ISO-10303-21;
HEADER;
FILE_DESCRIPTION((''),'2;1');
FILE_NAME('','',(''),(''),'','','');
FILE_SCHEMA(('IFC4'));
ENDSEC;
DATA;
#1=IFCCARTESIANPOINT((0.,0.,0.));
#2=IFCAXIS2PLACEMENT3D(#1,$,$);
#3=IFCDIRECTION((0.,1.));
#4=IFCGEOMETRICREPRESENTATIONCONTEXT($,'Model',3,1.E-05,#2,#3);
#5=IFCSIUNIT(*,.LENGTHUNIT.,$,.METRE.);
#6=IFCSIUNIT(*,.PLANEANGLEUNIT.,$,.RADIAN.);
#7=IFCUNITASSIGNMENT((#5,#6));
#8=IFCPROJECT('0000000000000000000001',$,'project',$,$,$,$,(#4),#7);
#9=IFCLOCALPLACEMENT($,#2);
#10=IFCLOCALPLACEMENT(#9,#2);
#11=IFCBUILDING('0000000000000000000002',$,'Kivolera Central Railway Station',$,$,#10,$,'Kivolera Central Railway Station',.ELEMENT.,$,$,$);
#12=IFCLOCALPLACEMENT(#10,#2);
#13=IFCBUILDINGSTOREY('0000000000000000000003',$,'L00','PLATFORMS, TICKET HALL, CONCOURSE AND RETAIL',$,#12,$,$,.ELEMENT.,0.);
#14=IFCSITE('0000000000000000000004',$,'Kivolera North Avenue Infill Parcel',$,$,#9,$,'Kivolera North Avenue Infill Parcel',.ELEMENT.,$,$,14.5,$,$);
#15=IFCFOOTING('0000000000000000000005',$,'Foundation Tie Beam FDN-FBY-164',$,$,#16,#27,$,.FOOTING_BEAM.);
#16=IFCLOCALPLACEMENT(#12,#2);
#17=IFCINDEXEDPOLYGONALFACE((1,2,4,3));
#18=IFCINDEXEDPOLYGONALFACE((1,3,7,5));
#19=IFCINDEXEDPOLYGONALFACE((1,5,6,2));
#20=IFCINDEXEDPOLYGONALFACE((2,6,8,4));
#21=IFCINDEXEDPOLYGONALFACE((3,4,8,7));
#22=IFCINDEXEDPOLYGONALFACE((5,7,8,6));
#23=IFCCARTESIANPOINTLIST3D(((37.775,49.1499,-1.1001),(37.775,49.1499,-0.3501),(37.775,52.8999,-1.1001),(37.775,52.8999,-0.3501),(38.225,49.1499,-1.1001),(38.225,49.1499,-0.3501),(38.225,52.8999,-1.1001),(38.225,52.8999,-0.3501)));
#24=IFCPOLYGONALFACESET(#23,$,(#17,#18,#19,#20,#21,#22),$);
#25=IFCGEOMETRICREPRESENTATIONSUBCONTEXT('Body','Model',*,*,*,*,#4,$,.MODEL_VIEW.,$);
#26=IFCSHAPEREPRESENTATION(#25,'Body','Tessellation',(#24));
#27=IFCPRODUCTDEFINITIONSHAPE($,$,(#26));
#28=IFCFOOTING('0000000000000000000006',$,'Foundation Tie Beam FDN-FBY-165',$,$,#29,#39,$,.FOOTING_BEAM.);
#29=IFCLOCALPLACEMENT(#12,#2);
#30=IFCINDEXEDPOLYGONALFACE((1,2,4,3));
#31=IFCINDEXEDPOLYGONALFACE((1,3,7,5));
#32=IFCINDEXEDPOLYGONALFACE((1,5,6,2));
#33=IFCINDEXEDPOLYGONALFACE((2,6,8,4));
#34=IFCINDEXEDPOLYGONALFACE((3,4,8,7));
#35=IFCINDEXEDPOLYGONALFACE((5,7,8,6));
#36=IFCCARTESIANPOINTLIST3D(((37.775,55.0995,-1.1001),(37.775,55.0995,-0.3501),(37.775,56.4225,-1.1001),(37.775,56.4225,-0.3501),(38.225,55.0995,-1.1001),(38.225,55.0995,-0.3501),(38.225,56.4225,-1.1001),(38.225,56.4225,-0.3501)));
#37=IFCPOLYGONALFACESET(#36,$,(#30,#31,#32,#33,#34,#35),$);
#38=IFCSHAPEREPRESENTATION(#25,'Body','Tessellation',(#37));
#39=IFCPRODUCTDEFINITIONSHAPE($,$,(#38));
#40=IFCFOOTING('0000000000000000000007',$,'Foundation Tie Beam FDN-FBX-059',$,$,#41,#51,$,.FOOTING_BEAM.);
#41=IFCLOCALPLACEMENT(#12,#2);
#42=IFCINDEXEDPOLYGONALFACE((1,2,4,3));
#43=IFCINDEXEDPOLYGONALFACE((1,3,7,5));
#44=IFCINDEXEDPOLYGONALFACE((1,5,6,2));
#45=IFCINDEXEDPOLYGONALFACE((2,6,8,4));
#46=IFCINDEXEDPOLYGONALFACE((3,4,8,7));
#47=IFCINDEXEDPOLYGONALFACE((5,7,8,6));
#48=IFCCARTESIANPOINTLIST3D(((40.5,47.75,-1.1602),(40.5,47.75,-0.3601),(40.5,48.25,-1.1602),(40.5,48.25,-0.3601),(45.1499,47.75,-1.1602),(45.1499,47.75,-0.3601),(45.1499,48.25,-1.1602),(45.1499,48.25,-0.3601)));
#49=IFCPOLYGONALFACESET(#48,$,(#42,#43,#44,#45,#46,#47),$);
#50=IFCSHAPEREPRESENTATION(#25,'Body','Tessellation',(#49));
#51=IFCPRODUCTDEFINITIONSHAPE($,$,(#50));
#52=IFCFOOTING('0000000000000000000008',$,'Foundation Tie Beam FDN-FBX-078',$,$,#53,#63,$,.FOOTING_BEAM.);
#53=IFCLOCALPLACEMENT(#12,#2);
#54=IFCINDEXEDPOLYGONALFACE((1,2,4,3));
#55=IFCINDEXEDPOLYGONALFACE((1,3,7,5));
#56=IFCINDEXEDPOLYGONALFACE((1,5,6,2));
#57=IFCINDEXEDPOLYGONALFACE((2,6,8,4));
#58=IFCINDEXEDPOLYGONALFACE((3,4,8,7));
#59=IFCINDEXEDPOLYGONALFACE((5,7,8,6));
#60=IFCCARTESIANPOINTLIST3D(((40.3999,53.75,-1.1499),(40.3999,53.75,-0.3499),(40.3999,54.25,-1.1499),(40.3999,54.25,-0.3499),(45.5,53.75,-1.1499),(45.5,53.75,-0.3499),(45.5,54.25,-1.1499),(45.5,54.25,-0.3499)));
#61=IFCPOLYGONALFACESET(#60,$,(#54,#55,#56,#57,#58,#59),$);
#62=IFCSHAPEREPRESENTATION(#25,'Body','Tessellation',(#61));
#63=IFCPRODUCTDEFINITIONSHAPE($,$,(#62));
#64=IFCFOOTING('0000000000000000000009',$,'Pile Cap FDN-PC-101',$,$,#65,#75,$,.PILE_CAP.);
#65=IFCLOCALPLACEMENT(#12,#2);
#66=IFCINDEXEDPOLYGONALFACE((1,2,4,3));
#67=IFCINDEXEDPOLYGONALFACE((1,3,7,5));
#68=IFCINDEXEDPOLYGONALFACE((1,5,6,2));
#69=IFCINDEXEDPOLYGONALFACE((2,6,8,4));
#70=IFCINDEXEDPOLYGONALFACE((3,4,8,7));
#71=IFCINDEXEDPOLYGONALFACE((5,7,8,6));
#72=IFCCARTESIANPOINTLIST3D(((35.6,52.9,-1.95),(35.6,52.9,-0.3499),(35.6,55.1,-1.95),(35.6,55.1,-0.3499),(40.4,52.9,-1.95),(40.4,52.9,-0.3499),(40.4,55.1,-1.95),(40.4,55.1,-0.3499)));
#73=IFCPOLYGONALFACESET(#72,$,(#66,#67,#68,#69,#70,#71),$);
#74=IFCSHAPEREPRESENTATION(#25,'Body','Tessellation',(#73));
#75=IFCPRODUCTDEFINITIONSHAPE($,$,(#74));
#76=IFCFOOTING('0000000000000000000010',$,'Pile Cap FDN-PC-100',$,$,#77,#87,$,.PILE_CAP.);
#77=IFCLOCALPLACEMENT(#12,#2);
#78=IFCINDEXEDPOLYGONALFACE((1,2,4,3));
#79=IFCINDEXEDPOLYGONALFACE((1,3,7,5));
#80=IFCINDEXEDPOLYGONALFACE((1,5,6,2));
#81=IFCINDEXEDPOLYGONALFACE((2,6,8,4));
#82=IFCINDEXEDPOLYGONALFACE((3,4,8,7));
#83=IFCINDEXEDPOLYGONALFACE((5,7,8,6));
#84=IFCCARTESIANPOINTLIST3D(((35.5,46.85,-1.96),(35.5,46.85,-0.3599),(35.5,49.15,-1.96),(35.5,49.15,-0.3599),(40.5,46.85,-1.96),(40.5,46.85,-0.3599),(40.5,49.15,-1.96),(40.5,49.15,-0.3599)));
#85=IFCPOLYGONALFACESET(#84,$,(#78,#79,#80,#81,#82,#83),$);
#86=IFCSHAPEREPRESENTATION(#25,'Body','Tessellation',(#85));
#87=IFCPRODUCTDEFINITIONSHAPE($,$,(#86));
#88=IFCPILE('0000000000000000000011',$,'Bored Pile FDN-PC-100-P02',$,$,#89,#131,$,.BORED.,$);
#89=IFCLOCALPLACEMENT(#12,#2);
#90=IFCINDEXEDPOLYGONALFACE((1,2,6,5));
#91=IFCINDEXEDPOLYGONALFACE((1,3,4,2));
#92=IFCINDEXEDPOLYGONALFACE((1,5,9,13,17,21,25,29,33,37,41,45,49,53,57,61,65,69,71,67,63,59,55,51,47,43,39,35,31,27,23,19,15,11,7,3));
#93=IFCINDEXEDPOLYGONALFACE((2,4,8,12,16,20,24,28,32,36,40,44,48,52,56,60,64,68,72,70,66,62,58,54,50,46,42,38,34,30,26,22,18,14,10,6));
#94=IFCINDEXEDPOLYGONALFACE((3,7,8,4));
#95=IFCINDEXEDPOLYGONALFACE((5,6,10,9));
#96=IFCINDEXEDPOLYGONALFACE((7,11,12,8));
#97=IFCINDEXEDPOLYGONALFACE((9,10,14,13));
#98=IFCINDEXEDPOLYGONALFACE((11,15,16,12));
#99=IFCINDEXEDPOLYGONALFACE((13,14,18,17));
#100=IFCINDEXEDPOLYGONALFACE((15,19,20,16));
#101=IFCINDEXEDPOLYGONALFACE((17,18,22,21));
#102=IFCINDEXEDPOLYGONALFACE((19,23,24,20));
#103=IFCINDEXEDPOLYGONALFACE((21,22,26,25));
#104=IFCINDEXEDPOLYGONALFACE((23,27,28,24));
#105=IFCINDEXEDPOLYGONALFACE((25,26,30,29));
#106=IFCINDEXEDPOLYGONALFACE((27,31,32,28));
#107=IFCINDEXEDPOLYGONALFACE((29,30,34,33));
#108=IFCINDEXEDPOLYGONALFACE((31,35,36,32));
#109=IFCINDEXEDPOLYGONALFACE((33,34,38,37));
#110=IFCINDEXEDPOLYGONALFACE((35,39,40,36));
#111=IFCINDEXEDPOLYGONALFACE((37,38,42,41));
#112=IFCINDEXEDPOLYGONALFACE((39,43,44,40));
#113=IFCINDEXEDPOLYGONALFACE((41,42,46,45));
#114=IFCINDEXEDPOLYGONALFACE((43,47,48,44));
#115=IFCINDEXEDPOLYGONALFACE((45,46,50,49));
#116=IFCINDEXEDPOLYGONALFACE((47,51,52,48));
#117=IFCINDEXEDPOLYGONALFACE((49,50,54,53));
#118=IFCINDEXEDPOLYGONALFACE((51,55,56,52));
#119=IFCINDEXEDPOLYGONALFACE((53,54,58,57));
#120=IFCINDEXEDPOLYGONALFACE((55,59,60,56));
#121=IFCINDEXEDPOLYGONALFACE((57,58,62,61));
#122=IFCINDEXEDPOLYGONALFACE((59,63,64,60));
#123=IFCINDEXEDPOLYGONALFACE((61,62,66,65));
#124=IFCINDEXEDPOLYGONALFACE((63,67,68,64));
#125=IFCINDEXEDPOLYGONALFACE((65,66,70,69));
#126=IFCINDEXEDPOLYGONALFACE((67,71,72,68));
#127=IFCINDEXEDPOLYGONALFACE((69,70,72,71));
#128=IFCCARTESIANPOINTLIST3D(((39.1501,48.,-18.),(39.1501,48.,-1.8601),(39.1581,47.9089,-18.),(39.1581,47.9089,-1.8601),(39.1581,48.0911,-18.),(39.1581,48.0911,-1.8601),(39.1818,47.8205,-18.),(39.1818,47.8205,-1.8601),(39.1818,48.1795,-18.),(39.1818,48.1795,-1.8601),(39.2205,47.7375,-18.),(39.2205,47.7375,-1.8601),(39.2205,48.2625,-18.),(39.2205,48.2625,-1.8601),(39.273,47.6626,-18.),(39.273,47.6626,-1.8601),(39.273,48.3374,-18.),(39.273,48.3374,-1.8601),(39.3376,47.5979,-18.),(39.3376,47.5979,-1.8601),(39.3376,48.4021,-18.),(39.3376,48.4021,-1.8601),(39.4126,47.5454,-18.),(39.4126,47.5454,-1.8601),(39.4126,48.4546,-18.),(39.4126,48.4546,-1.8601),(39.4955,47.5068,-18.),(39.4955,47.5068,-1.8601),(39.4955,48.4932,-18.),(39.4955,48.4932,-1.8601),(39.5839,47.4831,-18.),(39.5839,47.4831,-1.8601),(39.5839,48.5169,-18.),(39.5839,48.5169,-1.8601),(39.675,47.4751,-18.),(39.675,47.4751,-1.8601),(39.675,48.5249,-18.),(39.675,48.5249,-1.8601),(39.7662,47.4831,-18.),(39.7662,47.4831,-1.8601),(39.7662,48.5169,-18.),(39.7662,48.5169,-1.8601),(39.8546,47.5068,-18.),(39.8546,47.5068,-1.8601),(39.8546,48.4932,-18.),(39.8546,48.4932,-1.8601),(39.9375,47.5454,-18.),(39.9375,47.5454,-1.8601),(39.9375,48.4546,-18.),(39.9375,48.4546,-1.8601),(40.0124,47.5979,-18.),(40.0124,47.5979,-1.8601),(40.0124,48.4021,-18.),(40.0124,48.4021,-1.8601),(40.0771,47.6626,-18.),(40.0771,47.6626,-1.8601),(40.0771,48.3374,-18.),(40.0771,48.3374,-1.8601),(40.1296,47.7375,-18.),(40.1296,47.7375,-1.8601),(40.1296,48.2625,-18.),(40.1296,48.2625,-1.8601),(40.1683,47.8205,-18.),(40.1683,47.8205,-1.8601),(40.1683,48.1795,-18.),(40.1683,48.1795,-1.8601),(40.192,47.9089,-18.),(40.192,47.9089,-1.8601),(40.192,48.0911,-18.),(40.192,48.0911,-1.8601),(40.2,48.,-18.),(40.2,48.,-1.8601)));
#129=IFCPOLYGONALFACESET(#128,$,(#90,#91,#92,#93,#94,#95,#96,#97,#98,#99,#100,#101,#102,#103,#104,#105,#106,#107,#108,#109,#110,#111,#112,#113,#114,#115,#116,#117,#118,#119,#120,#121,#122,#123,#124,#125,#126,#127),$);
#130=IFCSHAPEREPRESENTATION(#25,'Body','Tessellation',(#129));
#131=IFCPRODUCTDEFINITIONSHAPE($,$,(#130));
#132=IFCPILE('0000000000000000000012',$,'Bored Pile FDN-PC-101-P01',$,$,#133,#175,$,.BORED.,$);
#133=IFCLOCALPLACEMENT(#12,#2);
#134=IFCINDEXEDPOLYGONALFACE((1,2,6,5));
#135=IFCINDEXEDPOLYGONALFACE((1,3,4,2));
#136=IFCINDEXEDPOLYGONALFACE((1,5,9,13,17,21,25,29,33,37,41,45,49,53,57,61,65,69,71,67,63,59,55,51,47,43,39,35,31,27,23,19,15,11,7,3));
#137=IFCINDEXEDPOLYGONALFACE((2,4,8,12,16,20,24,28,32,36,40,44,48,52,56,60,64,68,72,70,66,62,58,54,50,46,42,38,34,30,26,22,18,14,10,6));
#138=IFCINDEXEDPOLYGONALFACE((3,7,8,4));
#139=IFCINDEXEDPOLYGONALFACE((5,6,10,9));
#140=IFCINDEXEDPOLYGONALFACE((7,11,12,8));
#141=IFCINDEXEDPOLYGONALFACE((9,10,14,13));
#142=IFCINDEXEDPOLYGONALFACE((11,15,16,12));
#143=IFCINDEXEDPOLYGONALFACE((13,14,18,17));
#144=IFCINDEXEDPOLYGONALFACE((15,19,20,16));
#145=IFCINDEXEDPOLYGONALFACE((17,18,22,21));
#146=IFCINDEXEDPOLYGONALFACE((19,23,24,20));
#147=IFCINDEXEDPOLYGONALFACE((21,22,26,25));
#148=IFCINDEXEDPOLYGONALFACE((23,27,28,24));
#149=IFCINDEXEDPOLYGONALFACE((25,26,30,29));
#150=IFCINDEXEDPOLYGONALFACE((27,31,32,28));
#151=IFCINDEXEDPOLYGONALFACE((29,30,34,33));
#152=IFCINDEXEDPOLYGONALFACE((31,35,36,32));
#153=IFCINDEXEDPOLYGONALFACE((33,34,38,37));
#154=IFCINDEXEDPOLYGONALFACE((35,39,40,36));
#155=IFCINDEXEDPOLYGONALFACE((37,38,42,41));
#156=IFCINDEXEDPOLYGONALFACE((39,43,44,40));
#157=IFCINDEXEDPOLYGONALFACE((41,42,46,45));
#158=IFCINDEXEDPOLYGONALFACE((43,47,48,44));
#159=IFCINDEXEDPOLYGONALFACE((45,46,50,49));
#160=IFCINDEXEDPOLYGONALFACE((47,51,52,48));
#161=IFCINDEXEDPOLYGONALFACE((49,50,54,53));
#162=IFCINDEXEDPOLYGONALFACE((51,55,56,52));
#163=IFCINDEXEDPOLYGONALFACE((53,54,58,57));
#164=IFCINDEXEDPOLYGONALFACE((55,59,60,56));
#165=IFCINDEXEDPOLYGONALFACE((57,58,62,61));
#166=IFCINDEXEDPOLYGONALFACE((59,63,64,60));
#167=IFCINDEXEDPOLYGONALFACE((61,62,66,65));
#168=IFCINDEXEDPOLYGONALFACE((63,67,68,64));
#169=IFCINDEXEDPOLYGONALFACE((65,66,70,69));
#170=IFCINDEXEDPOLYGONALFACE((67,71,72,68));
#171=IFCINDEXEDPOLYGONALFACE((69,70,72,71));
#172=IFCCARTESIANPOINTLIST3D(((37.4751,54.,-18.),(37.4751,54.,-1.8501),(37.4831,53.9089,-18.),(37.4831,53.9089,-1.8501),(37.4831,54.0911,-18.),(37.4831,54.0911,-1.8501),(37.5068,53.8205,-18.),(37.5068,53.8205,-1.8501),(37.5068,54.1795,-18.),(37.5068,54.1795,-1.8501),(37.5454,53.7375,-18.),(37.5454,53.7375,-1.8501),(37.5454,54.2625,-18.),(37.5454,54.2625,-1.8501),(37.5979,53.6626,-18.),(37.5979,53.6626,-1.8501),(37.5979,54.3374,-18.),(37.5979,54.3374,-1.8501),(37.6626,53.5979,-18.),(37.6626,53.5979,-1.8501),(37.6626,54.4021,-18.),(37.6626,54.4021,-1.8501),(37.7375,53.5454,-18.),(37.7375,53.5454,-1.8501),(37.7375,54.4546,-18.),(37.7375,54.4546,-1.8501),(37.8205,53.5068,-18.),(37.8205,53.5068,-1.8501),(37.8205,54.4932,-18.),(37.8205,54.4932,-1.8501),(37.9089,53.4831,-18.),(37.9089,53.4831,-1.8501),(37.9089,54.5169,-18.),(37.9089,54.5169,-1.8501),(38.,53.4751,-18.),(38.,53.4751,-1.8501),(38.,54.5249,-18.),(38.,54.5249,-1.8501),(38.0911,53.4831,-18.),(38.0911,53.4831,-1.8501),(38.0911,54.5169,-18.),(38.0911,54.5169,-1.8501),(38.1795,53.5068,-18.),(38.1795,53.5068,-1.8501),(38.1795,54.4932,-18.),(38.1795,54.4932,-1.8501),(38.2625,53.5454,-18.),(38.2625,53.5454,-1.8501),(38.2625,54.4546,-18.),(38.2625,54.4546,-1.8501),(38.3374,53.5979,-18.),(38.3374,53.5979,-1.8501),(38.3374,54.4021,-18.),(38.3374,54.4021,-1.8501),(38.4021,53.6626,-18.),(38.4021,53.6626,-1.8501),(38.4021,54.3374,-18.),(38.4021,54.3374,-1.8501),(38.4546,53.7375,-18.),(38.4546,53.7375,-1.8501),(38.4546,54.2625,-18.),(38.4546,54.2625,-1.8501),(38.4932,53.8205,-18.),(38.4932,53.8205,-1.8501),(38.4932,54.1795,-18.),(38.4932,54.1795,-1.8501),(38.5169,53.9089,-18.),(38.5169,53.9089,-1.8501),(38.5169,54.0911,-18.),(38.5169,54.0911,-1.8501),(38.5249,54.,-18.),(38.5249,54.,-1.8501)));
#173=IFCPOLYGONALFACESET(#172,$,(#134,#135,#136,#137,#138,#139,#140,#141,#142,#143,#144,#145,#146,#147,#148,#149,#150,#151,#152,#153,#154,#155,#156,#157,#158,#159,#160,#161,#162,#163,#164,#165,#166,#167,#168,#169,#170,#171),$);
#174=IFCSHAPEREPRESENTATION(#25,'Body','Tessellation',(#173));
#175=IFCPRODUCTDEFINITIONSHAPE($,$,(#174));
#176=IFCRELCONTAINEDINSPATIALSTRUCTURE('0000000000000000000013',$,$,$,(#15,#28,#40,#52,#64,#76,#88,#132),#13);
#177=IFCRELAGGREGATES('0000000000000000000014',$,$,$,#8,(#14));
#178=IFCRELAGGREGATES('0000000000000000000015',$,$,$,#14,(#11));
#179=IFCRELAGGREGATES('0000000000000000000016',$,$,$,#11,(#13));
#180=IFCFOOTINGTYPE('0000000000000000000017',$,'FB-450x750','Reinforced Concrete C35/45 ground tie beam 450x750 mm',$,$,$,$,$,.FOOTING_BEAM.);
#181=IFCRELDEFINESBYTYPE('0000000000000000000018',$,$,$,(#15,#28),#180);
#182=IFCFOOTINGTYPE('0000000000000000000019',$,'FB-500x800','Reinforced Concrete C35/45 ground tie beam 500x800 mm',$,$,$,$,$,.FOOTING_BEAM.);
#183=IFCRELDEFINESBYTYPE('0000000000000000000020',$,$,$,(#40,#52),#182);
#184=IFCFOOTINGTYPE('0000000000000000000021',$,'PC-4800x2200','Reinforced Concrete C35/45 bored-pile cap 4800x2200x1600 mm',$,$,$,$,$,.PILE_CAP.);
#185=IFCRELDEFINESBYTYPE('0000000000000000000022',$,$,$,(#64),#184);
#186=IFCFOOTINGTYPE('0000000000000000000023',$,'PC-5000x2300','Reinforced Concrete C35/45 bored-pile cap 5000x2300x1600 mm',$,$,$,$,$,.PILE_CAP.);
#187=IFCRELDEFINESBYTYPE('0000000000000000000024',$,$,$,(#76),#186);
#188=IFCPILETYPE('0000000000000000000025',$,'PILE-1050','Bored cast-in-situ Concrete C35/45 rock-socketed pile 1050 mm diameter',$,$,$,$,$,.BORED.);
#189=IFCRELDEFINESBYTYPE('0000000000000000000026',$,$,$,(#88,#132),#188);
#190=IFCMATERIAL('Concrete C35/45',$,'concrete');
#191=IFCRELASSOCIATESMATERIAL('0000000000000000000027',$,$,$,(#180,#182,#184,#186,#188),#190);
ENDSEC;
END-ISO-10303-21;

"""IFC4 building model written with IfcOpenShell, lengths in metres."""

from ifc_helpers import new_model, si_unit, direction, frame, origin, origin_2d, place, context, subcontext, project, spatial, rectangle, circle, extrude, material, material_profile, profile_set, type_object, element, save


model = new_model("IFC4")

# Units and contexts
model_context = context("Model", 3, precision=1e-05, world=origin(), true_north=direction((0.0, 1.0)))
body_context = subcontext(model_context, "Body", "Model", "MODEL_VIEW")
ifc_project = project(units=[si_unit("LENGTHUNIT", "METRE"), si_unit("PLANEANGLEUNIT", "RADIAN")], contexts=[model_context])

# Site, building, storey
site_placement = place(None, origin())
site = spatial("IfcSite", under=ifc_project, at=site_placement, Name="Kivolera North Avenue Infill Parcel", LongName="Kivolera North Avenue Infill Parcel", CompositionType="ELEMENT", RefElevation=14.5)
building_placement = place(site_placement, origin())
building = spatial("IfcBuilding", under=site, at=building_placement, Name="Kivolera Central Railway Station", LongName="Kivolera Central Railway Station", CompositionType="ELEMENT")
storey_placement = place(building_placement, origin())
storey = spatial("IfcBuildingStorey", under=building, at=storey_placement, Name="L00", Description="PLATFORMS, TICKET HALL, CONCOURSE AND RETAIL", CompositionType="ELEMENT", Elevation=0.0)

# Footings
ifc_material_1 = material(Name="Concrete C35/45", Category="concrete")
footing_type_1 = type_object("IfcFootingType", Name="FB-450x750", Description="Reinforced Concrete C35/45 ground tie beam 450x750 mm", PredefinedType="FOOTING_BEAM", material=ifc_material_1)
footing_1_placement = place(storey_placement, frame((38.0, 51.0249, -1.1001), z_axis=(0.0, 0.0, 1.0), x_axis=(1.0, 0.0, 0.0)))
element("IfcFooting", 1, at=footing_1_placement, inside=storey, type_object=footing_type_1, Name="Foundation Tie Beam FDN-FBY-164", PredefinedType="FOOTING_BEAM", context=body_context, shape_type="SweptSolid", body=[
    extrude(rectangle(XDim=0.45, YDim=3.75, at=origin_2d()), origin(), (0.0, 0.0, 1.0), 0.75),
])
footing_2_placement = place(storey_placement, frame((38.0, 55.761, -1.1001), z_axis=(0.0, 0.0, 1.0), x_axis=(1.0, 0.0, 0.0)))
element("IfcFooting", 2, at=footing_2_placement, inside=storey, type_object=footing_type_1, Name="Foundation Tie Beam FDN-FBY-165", PredefinedType="FOOTING_BEAM", context=body_context, shape_type="SweptSolid", body=[
    extrude(rectangle(XDim=0.45, YDim=1.323, at=origin_2d()), origin(), (0.0, 0.0, 1.0), 0.75),
])
footing_type_2 = type_object("IfcFootingType", Name="FB-500x800", Description="Reinforced Concrete C35/45 ground tie beam 500x800 mm", PredefinedType="FOOTING_BEAM", material=ifc_material_1)
footing_3_placement = place(storey_placement, frame((42.825, 48.0, -1.1602), z_axis=(0.0, 0.0, 1.0), x_axis=(1.0, 0.0, 0.0)))
element("IfcFooting", 3, at=footing_3_placement, inside=storey, type_object=footing_type_2, Name="Foundation Tie Beam FDN-FBX-059", PredefinedType="FOOTING_BEAM", context=body_context, shape_type="SweptSolid", body=[
    extrude(rectangle(XDim=4.6499, YDim=0.5, at=origin_2d()), origin(), (0.0, 0.0, 1.0), 0.8),
])
footing_4_placement = place(storey_placement, frame((42.95, 54.0, -1.1499), z_axis=(0.0, 0.0, 1.0), x_axis=(1.0, 0.0, 0.0)))
element("IfcFooting", 4, at=footing_4_placement, inside=storey, type_object=footing_type_2, Name="Foundation Tie Beam FDN-FBX-078", PredefinedType="FOOTING_BEAM", context=body_context, shape_type="SweptSolid", body=[
    extrude(rectangle(XDim=5.1001, YDim=0.5, at=origin_2d()), origin(), (0.0, 0.0, 1.0), 0.8),
])
footing_type_3 = type_object("IfcFootingType", Name="PC-4800x2200", Description="Reinforced Concrete C35/45 bored-pile cap 4800x2200x1600 mm", PredefinedType="PILE_CAP", material=ifc_material_1)
footing_5_placement = place(storey_placement, frame((38.0, 54.0, -1.95), z_axis=(0.0, 0.0, 1.0), x_axis=(1.0, 0.0, 0.0)))
element("IfcFooting", 5, at=footing_5_placement, inside=storey, type_object=footing_type_3, Name="Pile Cap FDN-PC-101", PredefinedType="PILE_CAP", context=body_context, shape_type="SweptSolid", body=[
    extrude(rectangle(XDim=4.8, YDim=2.2, at=origin_2d()), origin(), (0.0, 0.0, 1.0), 1.6001),
])
footing_type_4 = type_object("IfcFootingType", Name="PC-5000x2300", Description="Reinforced Concrete C35/45 bored-pile cap 5000x2300x1600 mm", PredefinedType="PILE_CAP", material=ifc_material_1)
footing_6_placement = place(storey_placement, frame((38.0, 48.0, -1.96), z_axis=(0.0, 0.0, 1.0), x_axis=(1.0, 0.0, 0.0)))
element("IfcFooting", 6, at=footing_6_placement, inside=storey, type_object=footing_type_4, Name="Pile Cap FDN-PC-100", PredefinedType="PILE_CAP", context=body_context, shape_type="SweptSolid", body=[
    extrude(rectangle(XDim=5.0, YDim=2.3, at=origin_2d()), origin(), (0.0, 0.0, 1.0), 1.6001),
])

# Piles
ifc_material_profile_1 = material_profile(ifc_material_1, circle(Radius=0.5249, at=origin_2d()), Name="PILE D1050")
ifc_profile_set_1 = profile_set([ifc_material_profile_1], Name="Concrete C35/45")
pile_type = type_object("IfcPileType", Name="PILE-1050", Description="Bored cast-in-situ Concrete C35/45 rock-socketed pile 1050 mm diameter", PredefinedType="BORED", material=ifc_profile_set_1)
pile_1_placement = place(storey_placement, frame((39.675, 48.0, -1.8601), z_axis=(0.0, 0.0, -1.0), x_axis=(1.0, 0.0, 0.0)))
element("IfcPile", 7, at=pile_1_placement, inside=storey, type_object=pile_type, Name="Bored Pile FDN-PC-100-P02", PredefinedType="BORED", context=body_context, shape_type="SweptSolid", body=[
    extrude(circle(Radius=0.5249, at=origin_2d()), origin(), (0.0, 0.0, 1.0), 16.1399),
])
pile_2_placement = place(storey_placement, frame((38.0, 54.0, -1.8501), z_axis=(0.0, 0.0, -1.0), x_axis=(1.0, 0.0, 0.0)))
element("IfcPile", 8, at=pile_2_placement, inside=storey, type_object=pile_type, Name="Bored Pile FDN-PC-101-P01", PredefinedType="BORED", context=body_context, shape_type="SweptSolid", body=[
    extrude(circle(Radius=0.5249, at=origin_2d()), origin(), (0.0, 0.0, 1.0), 16.1499),
])

save(model, "model.ifc")
